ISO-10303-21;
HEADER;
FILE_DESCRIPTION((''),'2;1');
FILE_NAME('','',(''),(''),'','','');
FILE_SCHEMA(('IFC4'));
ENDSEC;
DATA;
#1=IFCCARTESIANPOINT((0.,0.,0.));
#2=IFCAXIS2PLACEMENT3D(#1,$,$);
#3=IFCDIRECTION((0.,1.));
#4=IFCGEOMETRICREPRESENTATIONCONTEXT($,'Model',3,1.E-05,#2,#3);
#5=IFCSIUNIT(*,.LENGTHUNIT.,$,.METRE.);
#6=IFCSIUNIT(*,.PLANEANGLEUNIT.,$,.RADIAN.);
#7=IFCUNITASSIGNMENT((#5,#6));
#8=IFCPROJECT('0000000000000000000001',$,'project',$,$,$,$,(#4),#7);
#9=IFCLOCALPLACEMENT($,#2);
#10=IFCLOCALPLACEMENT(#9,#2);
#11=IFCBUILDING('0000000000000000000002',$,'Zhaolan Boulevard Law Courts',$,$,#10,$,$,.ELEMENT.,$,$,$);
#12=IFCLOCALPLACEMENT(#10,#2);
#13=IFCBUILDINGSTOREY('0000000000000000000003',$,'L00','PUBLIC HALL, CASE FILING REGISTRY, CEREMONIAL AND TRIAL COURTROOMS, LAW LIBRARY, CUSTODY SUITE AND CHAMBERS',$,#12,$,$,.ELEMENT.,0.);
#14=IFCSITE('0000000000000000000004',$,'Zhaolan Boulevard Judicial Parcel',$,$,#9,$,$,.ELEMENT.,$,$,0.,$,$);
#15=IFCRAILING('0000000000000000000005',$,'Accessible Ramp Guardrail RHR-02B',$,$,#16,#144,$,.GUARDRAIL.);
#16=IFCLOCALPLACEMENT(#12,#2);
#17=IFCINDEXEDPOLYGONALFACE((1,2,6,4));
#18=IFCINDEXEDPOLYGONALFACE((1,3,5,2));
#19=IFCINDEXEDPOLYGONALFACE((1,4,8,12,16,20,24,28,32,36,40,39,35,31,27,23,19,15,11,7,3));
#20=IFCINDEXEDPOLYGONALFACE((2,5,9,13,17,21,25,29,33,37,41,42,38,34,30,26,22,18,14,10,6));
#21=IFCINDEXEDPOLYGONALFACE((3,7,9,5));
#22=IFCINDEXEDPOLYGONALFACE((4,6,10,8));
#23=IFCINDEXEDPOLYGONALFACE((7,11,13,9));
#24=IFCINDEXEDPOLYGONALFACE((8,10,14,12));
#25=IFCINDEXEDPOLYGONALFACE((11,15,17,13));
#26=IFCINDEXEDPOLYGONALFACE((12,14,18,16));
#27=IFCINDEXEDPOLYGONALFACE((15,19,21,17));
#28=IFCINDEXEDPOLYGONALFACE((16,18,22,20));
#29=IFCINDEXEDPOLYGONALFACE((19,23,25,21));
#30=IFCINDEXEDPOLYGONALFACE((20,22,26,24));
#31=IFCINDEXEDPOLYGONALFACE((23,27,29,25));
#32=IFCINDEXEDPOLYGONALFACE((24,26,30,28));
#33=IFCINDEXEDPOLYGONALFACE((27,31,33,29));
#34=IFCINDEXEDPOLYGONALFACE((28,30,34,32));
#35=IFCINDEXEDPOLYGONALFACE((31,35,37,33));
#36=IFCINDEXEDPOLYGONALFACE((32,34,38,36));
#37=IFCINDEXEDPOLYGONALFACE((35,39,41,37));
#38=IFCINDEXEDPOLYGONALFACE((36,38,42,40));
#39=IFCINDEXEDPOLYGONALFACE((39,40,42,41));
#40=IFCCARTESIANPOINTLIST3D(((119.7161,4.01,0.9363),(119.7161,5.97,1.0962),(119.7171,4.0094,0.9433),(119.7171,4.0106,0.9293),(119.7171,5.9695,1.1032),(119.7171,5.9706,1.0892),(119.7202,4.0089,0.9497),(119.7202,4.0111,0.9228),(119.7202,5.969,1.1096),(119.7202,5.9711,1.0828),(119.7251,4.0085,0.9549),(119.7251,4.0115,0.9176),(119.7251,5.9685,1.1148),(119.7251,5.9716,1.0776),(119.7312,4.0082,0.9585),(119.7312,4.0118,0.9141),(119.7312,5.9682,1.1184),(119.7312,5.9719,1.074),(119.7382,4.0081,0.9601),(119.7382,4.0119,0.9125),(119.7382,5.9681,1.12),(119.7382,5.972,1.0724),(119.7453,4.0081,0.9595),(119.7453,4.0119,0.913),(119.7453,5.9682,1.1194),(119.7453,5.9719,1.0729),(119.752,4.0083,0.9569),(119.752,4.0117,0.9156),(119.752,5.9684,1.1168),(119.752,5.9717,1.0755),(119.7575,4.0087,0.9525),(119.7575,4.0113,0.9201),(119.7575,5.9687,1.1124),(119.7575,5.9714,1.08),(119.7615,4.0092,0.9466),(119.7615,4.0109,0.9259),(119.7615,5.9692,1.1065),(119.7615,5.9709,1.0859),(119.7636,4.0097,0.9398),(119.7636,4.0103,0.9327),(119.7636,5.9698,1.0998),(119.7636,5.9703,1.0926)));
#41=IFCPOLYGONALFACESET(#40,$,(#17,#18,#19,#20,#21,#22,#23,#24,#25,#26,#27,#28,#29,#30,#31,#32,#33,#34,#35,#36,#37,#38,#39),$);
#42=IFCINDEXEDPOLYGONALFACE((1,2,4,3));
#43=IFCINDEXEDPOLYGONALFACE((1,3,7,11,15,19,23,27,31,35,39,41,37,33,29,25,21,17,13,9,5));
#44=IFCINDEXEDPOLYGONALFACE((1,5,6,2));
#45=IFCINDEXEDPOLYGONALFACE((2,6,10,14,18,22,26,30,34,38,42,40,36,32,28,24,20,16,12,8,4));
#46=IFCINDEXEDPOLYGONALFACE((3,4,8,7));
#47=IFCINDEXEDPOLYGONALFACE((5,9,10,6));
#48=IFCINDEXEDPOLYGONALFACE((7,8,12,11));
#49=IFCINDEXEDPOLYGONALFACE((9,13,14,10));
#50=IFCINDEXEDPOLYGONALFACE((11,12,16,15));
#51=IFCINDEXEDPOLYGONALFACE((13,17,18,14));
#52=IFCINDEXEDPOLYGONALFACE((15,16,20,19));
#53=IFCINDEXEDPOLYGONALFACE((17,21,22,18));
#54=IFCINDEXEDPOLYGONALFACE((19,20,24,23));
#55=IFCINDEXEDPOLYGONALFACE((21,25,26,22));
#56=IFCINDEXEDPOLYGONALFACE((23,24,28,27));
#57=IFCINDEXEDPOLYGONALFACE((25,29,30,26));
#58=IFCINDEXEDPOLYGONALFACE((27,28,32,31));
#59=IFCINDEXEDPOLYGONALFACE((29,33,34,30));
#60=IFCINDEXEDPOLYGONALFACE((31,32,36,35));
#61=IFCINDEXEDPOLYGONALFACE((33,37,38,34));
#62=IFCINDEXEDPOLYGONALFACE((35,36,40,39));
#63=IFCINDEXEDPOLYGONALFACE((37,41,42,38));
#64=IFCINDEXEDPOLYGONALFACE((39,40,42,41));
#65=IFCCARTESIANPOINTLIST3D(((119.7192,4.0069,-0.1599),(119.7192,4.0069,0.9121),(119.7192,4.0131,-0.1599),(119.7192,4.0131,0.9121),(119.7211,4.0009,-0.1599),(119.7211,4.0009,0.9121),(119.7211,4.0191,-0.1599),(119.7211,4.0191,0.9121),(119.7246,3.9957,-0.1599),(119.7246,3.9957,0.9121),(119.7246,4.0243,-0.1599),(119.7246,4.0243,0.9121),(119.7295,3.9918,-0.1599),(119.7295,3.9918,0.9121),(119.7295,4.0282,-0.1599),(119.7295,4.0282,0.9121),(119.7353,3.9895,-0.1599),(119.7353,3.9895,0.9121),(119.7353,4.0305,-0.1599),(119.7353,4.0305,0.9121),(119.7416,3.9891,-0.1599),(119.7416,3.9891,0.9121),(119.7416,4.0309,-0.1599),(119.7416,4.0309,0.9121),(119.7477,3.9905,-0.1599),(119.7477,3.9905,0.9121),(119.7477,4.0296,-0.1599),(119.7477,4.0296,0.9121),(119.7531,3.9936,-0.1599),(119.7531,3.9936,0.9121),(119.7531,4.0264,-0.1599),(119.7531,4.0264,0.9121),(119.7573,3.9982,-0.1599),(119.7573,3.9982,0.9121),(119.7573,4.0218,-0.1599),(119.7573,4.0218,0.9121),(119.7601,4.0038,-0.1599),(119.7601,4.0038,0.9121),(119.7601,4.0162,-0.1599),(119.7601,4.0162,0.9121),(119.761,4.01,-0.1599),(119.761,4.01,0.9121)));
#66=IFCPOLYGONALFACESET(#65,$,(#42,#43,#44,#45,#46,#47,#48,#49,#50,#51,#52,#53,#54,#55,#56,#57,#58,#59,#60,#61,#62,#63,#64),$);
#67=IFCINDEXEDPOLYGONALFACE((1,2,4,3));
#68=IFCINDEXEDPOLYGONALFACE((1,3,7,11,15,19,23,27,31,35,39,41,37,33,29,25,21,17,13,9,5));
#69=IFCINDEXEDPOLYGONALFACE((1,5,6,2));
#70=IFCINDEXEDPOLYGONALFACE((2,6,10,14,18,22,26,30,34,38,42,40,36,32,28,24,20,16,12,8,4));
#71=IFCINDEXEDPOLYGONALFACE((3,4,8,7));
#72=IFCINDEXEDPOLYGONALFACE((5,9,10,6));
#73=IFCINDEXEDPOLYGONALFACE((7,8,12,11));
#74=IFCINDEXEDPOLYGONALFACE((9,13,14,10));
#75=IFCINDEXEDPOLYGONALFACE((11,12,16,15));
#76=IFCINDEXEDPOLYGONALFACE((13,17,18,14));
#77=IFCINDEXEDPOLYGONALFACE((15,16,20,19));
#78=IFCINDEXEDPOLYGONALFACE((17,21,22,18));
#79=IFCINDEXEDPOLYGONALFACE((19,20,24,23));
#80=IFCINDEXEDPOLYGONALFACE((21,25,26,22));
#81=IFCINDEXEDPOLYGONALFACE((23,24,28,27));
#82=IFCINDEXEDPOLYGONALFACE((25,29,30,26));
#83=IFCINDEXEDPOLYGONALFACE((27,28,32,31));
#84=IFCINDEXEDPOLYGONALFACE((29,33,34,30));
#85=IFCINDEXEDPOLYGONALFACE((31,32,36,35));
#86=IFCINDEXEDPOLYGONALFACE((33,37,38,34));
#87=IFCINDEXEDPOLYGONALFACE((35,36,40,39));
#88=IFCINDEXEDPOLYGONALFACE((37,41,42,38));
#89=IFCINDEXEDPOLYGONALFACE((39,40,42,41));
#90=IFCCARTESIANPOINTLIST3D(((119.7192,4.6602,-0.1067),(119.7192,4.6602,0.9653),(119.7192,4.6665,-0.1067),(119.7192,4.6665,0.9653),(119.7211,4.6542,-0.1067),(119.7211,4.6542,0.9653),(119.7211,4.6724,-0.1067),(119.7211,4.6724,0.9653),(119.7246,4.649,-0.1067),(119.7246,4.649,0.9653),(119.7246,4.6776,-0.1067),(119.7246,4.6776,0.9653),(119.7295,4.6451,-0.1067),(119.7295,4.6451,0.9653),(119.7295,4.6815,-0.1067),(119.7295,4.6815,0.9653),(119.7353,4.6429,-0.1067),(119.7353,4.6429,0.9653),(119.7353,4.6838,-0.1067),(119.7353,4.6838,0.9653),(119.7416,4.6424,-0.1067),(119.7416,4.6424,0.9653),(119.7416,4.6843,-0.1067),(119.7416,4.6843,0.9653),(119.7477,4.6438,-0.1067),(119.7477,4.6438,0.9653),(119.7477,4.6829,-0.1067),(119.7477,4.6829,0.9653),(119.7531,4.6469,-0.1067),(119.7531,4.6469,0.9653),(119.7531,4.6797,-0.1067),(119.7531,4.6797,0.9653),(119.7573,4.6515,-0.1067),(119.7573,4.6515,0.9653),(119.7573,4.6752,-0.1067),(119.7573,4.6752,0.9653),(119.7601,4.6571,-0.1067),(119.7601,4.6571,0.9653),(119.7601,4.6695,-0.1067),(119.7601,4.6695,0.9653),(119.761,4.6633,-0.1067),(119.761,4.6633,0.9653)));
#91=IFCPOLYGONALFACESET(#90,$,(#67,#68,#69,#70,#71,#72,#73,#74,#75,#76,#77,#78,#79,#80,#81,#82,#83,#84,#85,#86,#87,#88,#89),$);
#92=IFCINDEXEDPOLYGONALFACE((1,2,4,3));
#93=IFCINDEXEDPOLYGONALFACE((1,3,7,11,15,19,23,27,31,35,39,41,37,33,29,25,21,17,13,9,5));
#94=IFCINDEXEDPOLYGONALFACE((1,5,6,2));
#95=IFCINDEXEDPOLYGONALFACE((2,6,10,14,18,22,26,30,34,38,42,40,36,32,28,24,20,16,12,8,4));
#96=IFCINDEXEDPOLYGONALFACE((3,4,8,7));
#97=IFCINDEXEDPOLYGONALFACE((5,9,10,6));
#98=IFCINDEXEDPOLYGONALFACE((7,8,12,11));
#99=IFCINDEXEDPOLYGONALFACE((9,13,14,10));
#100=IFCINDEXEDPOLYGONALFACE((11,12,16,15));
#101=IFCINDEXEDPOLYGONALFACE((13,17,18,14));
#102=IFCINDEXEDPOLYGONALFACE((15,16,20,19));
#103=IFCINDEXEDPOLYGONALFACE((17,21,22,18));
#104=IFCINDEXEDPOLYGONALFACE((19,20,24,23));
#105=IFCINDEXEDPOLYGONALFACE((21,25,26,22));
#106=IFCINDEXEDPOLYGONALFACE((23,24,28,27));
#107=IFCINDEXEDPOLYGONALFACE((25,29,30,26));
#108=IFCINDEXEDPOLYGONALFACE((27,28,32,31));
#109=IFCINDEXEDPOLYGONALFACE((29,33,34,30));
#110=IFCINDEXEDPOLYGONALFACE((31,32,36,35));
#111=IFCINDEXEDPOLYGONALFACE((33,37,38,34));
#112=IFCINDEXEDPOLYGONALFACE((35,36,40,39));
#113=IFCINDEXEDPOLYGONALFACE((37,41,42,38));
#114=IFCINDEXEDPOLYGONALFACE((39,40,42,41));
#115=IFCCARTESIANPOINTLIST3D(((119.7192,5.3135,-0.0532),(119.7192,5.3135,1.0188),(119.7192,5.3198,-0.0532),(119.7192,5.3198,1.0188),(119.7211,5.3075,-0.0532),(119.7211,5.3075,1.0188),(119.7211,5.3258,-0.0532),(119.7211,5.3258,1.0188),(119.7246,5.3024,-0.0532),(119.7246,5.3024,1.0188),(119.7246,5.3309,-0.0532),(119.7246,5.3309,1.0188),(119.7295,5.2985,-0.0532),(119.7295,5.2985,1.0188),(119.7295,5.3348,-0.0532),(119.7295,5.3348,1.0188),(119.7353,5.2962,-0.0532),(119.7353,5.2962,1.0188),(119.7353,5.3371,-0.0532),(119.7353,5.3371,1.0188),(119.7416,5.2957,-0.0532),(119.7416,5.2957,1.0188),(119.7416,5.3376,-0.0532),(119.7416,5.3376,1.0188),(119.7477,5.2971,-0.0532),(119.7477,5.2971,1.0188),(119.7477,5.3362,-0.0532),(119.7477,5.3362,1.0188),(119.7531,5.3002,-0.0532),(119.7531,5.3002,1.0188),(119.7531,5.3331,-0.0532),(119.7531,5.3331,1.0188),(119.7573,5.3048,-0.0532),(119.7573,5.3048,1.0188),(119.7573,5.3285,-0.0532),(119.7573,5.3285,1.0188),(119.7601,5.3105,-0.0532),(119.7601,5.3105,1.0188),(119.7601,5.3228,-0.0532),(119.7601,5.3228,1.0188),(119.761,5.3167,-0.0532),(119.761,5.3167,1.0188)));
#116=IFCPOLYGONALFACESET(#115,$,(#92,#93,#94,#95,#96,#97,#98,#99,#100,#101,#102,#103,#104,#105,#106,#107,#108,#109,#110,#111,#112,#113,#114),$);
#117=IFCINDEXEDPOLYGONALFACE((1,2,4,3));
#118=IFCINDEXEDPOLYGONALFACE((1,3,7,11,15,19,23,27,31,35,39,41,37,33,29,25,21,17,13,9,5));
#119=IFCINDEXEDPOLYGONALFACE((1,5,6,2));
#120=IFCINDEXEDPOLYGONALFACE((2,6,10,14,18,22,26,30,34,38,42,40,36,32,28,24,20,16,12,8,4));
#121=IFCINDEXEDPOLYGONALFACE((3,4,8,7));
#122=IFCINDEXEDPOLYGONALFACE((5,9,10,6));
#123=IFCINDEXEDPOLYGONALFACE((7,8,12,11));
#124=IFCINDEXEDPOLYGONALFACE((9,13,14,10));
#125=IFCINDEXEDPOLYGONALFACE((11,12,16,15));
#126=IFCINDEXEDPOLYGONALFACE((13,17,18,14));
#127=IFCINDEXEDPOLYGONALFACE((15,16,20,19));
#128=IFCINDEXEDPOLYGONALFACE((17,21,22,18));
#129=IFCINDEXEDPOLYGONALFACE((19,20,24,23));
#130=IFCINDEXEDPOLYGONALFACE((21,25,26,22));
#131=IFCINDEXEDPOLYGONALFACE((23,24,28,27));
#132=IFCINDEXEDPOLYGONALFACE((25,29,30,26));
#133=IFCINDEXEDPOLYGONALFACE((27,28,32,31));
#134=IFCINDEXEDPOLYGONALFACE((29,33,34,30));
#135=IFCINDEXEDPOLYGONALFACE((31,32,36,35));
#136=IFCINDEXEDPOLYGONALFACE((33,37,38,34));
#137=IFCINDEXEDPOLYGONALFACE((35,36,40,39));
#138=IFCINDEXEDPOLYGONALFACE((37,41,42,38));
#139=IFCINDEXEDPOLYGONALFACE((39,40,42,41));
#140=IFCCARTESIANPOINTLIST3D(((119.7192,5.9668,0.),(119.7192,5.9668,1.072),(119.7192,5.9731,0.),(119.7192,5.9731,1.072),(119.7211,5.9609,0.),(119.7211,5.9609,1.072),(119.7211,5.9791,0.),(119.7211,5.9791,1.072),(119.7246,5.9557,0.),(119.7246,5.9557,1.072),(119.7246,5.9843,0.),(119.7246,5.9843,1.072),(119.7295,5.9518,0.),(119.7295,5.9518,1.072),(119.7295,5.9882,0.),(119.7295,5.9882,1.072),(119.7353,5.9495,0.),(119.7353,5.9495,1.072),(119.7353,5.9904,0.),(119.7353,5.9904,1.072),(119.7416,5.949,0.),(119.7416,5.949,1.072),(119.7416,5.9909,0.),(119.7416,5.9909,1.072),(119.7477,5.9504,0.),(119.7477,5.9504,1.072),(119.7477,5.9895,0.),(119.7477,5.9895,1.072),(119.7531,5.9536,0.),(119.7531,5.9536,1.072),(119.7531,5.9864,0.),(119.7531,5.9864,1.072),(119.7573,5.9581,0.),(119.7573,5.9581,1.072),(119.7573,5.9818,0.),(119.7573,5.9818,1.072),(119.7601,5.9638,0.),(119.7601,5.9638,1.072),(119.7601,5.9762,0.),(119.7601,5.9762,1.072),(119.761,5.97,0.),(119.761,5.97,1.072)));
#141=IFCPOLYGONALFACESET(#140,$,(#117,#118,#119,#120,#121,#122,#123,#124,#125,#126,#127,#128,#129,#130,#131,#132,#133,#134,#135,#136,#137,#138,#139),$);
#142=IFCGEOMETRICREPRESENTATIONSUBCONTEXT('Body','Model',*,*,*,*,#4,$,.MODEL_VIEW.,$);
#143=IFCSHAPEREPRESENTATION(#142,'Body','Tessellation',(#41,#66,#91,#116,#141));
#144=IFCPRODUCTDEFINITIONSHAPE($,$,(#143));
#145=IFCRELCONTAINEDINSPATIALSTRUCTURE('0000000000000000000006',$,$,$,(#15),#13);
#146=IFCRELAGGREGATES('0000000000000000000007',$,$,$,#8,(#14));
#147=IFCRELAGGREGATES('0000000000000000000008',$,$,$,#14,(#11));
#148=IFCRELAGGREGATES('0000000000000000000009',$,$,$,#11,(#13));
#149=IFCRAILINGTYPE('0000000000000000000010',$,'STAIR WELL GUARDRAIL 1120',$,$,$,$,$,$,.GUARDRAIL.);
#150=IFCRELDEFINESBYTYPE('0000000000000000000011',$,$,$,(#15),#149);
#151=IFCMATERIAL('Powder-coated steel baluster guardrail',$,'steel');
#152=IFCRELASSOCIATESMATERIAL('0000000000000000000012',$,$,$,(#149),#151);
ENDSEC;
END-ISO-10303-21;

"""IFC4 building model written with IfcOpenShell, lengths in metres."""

from ifc_helpers import new_model, si_unit, direction, frame, origin, origin_2d, place, context, subcontext, project, spatial, circle, extrude, material, type_object, element, save


model = new_model("IFC4")

# Units and contexts
model_context = context("Model", 3, precision=1e-05, world=origin(), true_north=direction((0.0, 1.0)))
body_context = subcontext(model_context, "Body", "Model", "MODEL_VIEW")
ifc_project = project(units=[si_unit("LENGTHUNIT", "METRE"), si_unit("PLANEANGLEUNIT", "RADIAN")], contexts=[model_context])

# Site, building, storey
site_placement = place(None, origin())
site = spatial("IfcSite", under=ifc_project, at=site_placement, Name="Zhaolan Boulevard Judicial Parcel", CompositionType="ELEMENT", RefElevation=0.0)
building_placement = place(site_placement, origin())
building = spatial("IfcBuilding", under=site, at=building_placement, Name="Zhaolan Boulevard Law Courts", CompositionType="ELEMENT")
storey_placement = place(building_placement, origin())
storey = spatial("IfcBuildingStorey", under=building, at=storey_placement, Name="L00", Description="PUBLIC HALL, CASE FILING REGISTRY, CEREMONIAL AND TRIAL COURTROOMS, LAW LIBRARY, CUSTODY SUITE AND CHAMBERS", CompositionType="ELEMENT", Elevation=0.0)

# Railing
ifc_material_1 = material(Name="Powder-coated steel baluster guardrail", Category="steel")
railing_type_1 = type_object("IfcRailingType", Name="STAIR WELL GUARDRAIL 1120", PredefinedType="GUARDRAIL", material=ifc_material_1)
for number, where, name in (
    (1, (119.74, 4.01, -0.1599), "Accessible Ramp Guardrail RHR-02B"),
):
    element("IfcRailing", number, at=place(storey_placement, frame(where)), inside=storey, type_object=railing_type_1, Name=name, PredefinedType="GUARDRAIL", context=body_context, shape_type="SweptSolid", body=[
        extrude(circle(Radius=0.0239, at=origin_2d()), frame((0.0, 0.0, 1.0962), z_axis=(0.0, 0.996688, 0.081319), x_axis=(-1.0, 0.0, 0.0)), (0.0, 0.0, 1.0), 1.9666),
        extrude(circle(Radius=0.021, at=origin_2d()), origin(), (0.0, 0.0, 1.0), 1.072),
        extrude(circle(Radius=0.021, at=origin_2d()), frame((0.0, 0.6533, 0.0532)), (0.0, 0.0, 1.0), 1.072),
        extrude(circle(Radius=0.021, at=origin_2d()), frame((0.0, 1.3066, 0.1067)), (0.0, 0.0, 1.0), 1.072),
        extrude(circle(Radius=0.021, at=origin_2d()), frame((0.0, 1.96, 0.1599)), (0.0, 0.0, 1.0), 1.072),
    ])

save(model, "model.ifc")
